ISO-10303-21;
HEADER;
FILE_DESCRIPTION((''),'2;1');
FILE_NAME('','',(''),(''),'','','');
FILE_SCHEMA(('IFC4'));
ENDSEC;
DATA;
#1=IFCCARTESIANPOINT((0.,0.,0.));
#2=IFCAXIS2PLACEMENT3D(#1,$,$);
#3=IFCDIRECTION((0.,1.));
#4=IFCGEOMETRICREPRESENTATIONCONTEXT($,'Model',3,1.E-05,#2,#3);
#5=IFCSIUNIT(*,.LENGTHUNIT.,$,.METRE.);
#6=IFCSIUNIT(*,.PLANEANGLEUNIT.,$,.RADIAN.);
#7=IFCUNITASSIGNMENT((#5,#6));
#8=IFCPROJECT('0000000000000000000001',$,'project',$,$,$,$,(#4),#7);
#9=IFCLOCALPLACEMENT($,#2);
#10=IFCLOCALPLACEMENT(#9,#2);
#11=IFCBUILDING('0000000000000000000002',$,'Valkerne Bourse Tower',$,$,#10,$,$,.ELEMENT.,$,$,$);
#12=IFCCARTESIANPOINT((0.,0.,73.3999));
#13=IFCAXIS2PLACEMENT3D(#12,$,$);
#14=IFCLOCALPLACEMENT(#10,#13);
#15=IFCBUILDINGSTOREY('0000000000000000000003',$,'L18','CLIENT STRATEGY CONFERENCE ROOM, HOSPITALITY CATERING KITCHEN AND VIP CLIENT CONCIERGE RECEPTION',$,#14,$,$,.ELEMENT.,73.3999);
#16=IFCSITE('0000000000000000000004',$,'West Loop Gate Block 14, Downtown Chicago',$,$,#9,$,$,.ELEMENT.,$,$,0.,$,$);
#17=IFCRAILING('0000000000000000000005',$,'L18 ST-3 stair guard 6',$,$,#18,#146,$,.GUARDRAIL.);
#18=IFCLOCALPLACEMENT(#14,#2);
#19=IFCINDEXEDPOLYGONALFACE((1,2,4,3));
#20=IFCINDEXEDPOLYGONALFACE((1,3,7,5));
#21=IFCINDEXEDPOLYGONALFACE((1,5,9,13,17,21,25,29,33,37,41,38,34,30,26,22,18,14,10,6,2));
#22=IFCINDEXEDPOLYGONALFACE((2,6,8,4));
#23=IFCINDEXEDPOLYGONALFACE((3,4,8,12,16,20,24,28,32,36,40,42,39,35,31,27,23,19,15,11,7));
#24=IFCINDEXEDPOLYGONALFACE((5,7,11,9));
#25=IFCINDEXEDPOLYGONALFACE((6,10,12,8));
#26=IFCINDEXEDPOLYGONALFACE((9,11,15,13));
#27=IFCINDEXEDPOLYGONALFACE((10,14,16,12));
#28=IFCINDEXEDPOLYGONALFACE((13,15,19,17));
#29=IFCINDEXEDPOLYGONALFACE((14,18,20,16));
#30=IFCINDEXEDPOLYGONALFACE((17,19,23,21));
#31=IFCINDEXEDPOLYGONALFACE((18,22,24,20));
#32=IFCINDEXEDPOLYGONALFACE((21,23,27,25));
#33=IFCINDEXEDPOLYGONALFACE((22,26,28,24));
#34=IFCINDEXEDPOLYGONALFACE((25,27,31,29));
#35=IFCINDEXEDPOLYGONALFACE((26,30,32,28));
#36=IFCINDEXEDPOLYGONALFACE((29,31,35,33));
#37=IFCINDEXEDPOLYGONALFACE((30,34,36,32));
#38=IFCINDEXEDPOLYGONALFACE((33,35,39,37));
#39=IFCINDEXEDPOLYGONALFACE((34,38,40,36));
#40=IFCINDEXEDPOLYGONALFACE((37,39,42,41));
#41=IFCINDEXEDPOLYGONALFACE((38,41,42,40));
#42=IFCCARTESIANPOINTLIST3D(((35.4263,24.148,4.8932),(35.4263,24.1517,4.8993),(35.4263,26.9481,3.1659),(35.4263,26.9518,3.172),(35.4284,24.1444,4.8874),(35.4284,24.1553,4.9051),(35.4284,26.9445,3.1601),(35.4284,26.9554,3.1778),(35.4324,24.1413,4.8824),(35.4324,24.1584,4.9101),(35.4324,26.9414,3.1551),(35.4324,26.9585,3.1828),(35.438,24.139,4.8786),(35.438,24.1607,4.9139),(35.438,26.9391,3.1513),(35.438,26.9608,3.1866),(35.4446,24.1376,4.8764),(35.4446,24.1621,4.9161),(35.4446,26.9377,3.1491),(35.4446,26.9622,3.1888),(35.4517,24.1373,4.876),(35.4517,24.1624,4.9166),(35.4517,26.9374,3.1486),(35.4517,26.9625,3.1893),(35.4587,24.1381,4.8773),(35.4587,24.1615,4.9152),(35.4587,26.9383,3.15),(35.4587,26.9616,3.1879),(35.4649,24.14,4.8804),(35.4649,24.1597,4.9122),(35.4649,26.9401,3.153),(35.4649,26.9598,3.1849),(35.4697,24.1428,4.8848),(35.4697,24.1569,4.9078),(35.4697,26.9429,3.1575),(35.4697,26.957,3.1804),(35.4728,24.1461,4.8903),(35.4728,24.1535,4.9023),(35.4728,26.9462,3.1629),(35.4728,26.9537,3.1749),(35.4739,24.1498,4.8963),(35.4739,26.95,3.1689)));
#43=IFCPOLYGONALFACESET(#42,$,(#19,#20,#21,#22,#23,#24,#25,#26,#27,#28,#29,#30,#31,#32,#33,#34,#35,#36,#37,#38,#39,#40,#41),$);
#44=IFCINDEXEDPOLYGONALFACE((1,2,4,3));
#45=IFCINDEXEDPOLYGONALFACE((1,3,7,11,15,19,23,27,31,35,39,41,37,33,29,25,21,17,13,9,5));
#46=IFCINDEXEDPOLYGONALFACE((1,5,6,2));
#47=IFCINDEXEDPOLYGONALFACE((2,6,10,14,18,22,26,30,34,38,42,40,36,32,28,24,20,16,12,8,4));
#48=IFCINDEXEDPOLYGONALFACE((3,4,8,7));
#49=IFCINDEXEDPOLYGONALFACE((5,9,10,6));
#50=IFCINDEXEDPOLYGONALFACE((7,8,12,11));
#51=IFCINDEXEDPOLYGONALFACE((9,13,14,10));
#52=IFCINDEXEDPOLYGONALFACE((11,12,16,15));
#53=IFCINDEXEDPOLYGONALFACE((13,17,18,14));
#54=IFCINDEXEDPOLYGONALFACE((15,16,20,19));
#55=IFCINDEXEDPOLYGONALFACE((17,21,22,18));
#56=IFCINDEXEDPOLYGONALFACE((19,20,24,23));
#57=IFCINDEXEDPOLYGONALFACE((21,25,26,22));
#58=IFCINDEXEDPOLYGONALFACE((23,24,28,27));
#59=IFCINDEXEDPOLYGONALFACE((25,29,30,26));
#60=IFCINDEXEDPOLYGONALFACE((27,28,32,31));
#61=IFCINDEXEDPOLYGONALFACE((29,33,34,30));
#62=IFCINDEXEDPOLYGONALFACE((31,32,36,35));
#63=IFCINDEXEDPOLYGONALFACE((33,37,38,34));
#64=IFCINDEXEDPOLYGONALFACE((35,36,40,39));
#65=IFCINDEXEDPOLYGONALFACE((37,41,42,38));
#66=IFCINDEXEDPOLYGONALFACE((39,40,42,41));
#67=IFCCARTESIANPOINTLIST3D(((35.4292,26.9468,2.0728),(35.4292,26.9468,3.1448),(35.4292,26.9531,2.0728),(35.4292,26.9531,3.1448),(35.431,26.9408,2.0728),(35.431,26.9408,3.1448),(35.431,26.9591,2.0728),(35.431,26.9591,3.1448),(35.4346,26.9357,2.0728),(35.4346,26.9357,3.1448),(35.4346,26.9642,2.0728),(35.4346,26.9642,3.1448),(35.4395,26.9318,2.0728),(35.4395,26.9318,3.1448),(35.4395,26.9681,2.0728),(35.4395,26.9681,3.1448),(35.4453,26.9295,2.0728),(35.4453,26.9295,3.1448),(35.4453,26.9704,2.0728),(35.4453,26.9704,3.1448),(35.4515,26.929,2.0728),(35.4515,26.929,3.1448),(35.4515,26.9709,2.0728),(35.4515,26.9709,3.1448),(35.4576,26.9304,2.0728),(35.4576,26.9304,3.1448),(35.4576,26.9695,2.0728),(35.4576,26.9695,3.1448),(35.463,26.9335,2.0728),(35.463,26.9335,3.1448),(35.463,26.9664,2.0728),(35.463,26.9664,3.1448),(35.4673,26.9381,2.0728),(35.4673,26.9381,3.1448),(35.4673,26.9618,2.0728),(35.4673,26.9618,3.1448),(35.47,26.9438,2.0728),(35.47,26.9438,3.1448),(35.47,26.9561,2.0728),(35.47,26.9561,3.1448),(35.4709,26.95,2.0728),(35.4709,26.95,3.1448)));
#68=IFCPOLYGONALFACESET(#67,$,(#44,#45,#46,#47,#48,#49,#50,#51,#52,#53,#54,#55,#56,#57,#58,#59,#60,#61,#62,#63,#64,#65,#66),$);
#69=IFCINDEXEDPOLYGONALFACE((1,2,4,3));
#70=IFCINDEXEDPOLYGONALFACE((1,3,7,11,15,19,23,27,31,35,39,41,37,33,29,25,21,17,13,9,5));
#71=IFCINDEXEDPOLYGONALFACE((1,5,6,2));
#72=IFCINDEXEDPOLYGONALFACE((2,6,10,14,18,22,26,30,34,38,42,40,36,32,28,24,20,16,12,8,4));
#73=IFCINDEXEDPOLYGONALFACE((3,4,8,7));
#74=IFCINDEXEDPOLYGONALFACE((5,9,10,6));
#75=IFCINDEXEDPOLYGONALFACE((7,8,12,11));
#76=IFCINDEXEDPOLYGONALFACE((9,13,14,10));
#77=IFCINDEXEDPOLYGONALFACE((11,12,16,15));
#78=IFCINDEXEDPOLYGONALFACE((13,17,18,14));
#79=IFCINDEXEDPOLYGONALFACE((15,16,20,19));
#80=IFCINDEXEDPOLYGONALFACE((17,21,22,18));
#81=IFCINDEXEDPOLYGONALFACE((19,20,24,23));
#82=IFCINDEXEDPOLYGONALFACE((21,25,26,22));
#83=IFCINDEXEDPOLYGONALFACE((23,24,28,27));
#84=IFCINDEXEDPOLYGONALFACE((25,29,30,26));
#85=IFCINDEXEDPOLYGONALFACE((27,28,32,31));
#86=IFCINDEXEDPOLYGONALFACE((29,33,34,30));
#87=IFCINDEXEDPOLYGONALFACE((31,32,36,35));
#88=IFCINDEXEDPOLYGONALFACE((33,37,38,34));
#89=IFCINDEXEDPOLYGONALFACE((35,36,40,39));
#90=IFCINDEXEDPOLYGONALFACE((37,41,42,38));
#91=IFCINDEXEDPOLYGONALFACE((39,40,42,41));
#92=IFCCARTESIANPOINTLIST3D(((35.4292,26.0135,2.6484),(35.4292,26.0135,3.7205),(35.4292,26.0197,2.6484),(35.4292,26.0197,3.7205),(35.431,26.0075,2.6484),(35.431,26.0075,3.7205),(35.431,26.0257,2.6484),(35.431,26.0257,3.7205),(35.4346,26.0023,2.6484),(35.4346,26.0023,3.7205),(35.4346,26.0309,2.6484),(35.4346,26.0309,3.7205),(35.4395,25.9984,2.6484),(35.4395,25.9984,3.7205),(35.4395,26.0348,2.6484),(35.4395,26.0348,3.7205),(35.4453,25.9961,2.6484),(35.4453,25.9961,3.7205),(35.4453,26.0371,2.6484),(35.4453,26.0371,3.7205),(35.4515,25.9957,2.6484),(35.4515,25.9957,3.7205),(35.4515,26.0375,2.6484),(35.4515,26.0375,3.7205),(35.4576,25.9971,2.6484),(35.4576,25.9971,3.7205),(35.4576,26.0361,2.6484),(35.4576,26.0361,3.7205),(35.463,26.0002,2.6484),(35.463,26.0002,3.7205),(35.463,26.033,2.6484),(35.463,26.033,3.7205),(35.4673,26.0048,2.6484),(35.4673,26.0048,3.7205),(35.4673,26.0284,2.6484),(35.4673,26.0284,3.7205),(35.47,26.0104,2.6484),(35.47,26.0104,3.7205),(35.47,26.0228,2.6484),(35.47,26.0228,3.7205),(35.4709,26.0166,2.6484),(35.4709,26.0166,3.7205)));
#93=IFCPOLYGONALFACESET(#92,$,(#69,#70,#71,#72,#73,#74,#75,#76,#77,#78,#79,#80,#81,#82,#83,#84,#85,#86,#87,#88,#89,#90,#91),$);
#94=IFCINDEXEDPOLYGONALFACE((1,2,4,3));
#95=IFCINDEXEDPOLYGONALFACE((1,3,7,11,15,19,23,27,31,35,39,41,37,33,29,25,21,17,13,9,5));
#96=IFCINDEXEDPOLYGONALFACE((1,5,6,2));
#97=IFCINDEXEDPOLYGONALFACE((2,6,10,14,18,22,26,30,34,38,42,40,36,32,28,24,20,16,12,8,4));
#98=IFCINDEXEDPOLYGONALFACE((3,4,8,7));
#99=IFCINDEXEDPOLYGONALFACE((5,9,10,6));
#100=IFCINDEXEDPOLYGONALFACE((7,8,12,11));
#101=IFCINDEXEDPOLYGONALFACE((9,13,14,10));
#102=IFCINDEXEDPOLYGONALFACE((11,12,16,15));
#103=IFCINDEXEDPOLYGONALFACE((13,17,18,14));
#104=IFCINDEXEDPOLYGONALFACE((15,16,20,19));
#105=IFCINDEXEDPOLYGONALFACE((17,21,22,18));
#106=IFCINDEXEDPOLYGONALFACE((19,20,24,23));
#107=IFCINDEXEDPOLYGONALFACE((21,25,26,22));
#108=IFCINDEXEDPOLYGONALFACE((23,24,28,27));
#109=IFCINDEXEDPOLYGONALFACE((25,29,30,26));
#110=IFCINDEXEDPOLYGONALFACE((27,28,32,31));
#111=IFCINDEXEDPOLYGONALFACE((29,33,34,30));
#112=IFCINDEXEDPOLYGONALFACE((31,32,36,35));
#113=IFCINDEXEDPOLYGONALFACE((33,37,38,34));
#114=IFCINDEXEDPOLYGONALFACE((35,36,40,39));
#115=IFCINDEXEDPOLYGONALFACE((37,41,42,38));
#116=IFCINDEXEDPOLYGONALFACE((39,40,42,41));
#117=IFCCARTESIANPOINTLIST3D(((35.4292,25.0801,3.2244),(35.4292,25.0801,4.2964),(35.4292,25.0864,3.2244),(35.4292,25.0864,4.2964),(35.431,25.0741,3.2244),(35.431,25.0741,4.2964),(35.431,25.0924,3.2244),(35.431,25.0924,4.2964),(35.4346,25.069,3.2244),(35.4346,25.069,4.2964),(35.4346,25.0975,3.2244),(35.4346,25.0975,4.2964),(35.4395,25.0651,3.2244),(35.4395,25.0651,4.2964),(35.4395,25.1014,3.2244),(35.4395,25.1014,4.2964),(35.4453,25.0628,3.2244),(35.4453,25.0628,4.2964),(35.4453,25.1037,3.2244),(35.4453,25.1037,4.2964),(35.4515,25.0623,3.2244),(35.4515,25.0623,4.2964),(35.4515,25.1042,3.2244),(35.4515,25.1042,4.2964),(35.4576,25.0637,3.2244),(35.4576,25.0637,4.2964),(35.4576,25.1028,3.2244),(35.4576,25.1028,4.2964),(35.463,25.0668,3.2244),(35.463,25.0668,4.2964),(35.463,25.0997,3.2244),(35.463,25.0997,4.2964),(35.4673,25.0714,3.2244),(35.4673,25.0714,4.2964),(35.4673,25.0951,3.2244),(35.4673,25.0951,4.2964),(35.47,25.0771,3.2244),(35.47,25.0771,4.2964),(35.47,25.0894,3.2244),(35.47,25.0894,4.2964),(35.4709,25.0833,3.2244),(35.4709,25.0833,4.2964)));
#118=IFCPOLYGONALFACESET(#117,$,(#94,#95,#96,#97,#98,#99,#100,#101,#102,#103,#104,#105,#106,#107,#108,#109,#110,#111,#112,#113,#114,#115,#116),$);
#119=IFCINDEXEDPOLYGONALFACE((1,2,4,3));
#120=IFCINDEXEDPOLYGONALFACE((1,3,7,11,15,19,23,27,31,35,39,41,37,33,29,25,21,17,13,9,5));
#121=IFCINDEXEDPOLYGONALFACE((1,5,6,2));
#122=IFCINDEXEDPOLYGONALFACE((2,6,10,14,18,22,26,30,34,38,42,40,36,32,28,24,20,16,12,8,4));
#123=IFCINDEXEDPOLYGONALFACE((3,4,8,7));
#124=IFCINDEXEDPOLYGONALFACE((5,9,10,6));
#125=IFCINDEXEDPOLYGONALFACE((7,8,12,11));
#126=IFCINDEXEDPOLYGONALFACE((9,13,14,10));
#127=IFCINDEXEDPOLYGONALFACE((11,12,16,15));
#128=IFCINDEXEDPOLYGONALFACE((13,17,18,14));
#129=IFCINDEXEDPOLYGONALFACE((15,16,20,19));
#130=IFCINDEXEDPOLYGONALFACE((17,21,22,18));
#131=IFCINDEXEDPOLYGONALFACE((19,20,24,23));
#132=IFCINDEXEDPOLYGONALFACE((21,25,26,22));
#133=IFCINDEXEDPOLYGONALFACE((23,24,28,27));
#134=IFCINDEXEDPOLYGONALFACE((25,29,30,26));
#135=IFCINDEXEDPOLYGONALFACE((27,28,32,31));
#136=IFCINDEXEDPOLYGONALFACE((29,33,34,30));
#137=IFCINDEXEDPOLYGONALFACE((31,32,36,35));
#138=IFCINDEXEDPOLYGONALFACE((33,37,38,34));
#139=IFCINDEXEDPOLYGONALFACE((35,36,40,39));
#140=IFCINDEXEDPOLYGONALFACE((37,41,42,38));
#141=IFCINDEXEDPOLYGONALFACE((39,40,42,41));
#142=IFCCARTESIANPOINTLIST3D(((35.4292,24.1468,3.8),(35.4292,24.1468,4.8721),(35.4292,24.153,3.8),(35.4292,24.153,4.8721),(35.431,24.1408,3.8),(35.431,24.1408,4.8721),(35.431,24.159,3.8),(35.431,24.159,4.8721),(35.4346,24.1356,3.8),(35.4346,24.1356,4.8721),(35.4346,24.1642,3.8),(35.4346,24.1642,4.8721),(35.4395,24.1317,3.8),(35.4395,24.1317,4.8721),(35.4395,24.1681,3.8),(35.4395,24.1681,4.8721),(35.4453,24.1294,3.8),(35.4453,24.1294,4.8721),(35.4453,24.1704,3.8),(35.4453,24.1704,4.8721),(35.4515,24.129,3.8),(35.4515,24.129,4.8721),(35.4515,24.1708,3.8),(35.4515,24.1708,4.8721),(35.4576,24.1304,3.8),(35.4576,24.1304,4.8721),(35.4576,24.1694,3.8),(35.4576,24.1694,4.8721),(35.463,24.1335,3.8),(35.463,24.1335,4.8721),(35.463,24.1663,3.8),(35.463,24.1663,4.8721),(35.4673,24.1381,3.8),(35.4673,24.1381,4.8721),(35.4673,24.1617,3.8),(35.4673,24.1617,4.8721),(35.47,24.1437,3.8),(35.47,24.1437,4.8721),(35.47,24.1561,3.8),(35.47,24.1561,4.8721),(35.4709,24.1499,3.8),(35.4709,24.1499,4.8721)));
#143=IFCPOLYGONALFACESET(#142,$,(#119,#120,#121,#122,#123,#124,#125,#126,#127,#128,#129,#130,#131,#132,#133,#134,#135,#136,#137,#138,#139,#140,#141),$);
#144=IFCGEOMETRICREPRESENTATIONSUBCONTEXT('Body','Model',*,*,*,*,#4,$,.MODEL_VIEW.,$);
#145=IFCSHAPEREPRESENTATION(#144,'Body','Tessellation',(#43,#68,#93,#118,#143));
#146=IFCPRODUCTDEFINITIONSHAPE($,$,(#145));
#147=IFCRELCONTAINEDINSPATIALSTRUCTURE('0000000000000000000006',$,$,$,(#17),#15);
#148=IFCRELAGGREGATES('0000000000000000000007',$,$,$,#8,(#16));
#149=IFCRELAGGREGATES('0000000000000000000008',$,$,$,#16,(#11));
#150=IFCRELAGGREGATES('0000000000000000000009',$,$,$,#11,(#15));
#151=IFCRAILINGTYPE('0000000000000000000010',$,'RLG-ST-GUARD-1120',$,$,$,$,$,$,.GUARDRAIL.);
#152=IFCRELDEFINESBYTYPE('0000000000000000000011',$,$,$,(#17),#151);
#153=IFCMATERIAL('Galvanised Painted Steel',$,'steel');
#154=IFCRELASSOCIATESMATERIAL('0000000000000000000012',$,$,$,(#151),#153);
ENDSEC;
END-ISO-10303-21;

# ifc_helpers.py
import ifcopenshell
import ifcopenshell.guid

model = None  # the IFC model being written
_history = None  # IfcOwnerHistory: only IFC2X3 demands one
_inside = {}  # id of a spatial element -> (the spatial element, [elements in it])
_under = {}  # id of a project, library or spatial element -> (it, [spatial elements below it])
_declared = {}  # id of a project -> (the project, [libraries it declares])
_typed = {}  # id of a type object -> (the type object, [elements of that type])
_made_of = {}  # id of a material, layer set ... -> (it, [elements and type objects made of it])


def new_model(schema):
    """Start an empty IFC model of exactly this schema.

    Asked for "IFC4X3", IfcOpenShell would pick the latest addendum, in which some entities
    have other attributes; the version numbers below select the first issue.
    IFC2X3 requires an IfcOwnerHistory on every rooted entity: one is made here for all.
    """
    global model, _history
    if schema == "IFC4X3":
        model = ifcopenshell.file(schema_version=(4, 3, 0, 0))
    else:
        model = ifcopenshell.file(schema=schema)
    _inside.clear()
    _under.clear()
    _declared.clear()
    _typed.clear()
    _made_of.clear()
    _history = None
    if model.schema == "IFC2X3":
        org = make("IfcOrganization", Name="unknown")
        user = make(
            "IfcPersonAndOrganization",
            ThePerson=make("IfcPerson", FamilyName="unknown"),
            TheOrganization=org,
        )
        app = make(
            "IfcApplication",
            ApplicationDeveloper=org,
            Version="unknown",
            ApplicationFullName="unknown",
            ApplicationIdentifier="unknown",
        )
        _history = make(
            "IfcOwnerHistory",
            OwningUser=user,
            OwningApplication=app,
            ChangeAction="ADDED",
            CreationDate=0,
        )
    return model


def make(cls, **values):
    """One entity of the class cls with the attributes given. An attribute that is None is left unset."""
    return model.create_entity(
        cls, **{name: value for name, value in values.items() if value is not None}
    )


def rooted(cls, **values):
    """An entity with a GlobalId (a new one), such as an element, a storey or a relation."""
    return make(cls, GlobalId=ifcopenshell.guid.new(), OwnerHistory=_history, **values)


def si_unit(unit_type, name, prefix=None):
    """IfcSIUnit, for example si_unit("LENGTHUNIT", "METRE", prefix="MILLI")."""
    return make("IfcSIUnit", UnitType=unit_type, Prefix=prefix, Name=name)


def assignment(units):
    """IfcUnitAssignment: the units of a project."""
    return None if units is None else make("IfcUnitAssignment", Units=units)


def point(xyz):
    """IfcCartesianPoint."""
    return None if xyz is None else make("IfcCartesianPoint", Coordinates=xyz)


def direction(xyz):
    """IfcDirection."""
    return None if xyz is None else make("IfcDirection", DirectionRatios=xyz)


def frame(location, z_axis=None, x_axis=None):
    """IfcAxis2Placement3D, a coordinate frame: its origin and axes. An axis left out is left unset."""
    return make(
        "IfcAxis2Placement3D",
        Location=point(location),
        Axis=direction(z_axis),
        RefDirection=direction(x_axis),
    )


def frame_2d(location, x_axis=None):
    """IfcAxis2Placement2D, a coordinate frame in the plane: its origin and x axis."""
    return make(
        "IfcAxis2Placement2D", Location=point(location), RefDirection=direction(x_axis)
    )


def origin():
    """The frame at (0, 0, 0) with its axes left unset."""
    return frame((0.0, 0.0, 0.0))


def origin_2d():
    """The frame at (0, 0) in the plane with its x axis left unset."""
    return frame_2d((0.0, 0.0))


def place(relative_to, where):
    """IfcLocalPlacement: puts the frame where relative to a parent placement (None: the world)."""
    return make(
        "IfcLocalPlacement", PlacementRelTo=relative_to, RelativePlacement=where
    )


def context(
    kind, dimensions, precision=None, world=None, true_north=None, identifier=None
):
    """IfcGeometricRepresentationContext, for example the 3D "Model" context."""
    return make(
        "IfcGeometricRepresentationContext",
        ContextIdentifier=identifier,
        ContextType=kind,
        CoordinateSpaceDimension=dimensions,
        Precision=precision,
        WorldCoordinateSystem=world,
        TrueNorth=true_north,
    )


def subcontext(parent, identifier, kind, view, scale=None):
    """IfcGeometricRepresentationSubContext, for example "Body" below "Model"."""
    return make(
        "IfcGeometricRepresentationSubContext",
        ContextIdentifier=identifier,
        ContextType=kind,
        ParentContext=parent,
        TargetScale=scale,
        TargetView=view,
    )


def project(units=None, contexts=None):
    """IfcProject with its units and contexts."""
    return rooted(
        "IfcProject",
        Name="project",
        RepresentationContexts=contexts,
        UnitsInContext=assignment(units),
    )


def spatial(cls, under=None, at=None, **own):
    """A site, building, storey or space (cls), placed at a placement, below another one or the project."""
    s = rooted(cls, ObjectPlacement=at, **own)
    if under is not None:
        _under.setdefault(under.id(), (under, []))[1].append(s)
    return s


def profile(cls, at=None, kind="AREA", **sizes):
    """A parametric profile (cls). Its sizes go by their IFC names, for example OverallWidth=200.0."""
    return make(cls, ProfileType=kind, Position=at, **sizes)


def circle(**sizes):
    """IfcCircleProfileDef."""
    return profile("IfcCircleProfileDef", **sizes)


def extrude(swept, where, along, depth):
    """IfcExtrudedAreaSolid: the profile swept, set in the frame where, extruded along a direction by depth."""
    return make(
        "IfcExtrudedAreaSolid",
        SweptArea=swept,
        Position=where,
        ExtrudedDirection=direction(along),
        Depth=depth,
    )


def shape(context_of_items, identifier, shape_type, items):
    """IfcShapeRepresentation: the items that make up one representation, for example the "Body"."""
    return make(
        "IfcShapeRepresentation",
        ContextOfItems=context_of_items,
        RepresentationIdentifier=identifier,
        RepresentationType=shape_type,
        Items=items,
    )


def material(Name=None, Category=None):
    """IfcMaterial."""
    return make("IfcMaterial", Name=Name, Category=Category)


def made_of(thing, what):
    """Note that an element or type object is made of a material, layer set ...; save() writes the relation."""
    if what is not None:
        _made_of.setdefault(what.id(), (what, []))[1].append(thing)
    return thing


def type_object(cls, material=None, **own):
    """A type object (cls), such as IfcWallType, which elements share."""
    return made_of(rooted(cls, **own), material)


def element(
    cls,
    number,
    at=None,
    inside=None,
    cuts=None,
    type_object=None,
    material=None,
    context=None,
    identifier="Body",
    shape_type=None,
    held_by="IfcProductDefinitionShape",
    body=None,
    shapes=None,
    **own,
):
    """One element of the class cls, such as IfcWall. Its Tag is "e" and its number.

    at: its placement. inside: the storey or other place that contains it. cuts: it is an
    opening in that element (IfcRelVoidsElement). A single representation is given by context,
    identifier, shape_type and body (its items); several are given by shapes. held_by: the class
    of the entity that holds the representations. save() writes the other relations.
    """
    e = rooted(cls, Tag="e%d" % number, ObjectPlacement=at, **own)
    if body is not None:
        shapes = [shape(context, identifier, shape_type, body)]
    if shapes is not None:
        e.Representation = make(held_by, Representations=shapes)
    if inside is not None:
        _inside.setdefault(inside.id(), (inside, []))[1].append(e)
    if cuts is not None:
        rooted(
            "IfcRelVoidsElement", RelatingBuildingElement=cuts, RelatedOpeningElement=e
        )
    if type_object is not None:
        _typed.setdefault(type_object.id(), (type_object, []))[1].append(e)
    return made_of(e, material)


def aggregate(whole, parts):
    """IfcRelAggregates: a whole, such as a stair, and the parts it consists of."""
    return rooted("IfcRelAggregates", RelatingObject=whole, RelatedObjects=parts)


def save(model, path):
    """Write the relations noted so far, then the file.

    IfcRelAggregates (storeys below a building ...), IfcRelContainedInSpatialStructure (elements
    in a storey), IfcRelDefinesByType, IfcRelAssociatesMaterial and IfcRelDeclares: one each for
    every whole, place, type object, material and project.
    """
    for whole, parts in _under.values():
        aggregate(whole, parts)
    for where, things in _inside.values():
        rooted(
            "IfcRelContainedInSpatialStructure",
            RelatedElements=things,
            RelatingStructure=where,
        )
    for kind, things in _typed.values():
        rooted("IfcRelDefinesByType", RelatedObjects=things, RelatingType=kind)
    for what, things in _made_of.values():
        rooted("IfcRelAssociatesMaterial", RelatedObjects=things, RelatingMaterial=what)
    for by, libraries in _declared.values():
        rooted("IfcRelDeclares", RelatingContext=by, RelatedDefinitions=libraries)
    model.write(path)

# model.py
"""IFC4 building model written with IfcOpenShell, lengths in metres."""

from ifc_helpers import new_model, si_unit, direction, frame, origin, origin_2d, place, context, subcontext, project, spatial, circle, extrude, material, type_object, element, save


model = new_model("IFC4")

# Units and contexts
model_context = context("Model", 3, precision=1e-05, world=origin(), true_north=direction((0.0, 1.0)))
body_context = subcontext(model_context, "Body", "Model", "MODEL_VIEW")
ifc_project = project(units=[si_unit("LENGTHUNIT", "METRE"), si_unit("PLANEANGLEUNIT", "RADIAN")], contexts=[model_context])

# Site, building, storey
site_placement = place(None, origin())
site = spatial("IfcSite", under=ifc_project, at=site_placement, Name="West Loop Gate Block 14, Downtown Chicago", CompositionType="ELEMENT", RefElevation=0.0)
building_placement = place(site_placement, origin())
building = spatial("IfcBuilding", under=site, at=building_placement, Name="Valkerne Bourse Tower", CompositionType="ELEMENT")
storey_placement = place(building_placement, frame((0.0, 0.0, 73.3999)))
storey = spatial("IfcBuildingStorey", under=building, at=storey_placement, Name="L18", Description="CLIENT STRATEGY CONFERENCE ROOM, HOSPITALITY CATERING KITCHEN AND VIP CLIENT CONCIERGE RECEPTION", CompositionType="ELEMENT", Elevation=73.3999)

# Railing
ifc_material_1 = material(Name="Galvanised Painted Steel", Category="steel")
railing_type_1 = type_object("IfcRailingType", Name="RLG-ST-GUARD-1120", PredefinedType="GUARDRAIL", material=ifc_material_1)
railing_1_placement = place(storey_placement, frame((35.45, 26.95, 2.0728)))
element("IfcRailing", 1, at=railing_1_placement, inside=storey, type_object=railing_type_1, Name="L18 ST-3 stair guard 6", PredefinedType="GUARDRAIL", context=body_context, shape_type="SweptSolid", body=[
    extrude(circle(Radius=0.0239, at=origin_2d()), frame((0.0, 0.0, 1.0962), z_axis=(0.0, -0.85109, 0.52502), x_axis=(1.0, 0.0, 0.0)), (0.0, 0.0, 1.0), 3.29),
    extrude(circle(Radius=0.021, at=origin_2d()), origin(), (0.0, 0.0, 1.0), 1.072),
    extrude(circle(Radius=0.021, at=origin_2d()), frame((0.0, -0.9333, 0.5757)), (0.0, 0.0, 1.0), 1.072),
    extrude(circle(Radius=0.021, at=origin_2d()), frame((0.0, -1.8667, 1.1516)), (0.0, 0.0, 1.0), 1.072),
    extrude(circle(Radius=0.021, at=origin_2d()), frame((0.0, -2.8, 1.7273)), (0.0, 0.0, 1.0), 1.072),
])

save(model, "model.ifc")
